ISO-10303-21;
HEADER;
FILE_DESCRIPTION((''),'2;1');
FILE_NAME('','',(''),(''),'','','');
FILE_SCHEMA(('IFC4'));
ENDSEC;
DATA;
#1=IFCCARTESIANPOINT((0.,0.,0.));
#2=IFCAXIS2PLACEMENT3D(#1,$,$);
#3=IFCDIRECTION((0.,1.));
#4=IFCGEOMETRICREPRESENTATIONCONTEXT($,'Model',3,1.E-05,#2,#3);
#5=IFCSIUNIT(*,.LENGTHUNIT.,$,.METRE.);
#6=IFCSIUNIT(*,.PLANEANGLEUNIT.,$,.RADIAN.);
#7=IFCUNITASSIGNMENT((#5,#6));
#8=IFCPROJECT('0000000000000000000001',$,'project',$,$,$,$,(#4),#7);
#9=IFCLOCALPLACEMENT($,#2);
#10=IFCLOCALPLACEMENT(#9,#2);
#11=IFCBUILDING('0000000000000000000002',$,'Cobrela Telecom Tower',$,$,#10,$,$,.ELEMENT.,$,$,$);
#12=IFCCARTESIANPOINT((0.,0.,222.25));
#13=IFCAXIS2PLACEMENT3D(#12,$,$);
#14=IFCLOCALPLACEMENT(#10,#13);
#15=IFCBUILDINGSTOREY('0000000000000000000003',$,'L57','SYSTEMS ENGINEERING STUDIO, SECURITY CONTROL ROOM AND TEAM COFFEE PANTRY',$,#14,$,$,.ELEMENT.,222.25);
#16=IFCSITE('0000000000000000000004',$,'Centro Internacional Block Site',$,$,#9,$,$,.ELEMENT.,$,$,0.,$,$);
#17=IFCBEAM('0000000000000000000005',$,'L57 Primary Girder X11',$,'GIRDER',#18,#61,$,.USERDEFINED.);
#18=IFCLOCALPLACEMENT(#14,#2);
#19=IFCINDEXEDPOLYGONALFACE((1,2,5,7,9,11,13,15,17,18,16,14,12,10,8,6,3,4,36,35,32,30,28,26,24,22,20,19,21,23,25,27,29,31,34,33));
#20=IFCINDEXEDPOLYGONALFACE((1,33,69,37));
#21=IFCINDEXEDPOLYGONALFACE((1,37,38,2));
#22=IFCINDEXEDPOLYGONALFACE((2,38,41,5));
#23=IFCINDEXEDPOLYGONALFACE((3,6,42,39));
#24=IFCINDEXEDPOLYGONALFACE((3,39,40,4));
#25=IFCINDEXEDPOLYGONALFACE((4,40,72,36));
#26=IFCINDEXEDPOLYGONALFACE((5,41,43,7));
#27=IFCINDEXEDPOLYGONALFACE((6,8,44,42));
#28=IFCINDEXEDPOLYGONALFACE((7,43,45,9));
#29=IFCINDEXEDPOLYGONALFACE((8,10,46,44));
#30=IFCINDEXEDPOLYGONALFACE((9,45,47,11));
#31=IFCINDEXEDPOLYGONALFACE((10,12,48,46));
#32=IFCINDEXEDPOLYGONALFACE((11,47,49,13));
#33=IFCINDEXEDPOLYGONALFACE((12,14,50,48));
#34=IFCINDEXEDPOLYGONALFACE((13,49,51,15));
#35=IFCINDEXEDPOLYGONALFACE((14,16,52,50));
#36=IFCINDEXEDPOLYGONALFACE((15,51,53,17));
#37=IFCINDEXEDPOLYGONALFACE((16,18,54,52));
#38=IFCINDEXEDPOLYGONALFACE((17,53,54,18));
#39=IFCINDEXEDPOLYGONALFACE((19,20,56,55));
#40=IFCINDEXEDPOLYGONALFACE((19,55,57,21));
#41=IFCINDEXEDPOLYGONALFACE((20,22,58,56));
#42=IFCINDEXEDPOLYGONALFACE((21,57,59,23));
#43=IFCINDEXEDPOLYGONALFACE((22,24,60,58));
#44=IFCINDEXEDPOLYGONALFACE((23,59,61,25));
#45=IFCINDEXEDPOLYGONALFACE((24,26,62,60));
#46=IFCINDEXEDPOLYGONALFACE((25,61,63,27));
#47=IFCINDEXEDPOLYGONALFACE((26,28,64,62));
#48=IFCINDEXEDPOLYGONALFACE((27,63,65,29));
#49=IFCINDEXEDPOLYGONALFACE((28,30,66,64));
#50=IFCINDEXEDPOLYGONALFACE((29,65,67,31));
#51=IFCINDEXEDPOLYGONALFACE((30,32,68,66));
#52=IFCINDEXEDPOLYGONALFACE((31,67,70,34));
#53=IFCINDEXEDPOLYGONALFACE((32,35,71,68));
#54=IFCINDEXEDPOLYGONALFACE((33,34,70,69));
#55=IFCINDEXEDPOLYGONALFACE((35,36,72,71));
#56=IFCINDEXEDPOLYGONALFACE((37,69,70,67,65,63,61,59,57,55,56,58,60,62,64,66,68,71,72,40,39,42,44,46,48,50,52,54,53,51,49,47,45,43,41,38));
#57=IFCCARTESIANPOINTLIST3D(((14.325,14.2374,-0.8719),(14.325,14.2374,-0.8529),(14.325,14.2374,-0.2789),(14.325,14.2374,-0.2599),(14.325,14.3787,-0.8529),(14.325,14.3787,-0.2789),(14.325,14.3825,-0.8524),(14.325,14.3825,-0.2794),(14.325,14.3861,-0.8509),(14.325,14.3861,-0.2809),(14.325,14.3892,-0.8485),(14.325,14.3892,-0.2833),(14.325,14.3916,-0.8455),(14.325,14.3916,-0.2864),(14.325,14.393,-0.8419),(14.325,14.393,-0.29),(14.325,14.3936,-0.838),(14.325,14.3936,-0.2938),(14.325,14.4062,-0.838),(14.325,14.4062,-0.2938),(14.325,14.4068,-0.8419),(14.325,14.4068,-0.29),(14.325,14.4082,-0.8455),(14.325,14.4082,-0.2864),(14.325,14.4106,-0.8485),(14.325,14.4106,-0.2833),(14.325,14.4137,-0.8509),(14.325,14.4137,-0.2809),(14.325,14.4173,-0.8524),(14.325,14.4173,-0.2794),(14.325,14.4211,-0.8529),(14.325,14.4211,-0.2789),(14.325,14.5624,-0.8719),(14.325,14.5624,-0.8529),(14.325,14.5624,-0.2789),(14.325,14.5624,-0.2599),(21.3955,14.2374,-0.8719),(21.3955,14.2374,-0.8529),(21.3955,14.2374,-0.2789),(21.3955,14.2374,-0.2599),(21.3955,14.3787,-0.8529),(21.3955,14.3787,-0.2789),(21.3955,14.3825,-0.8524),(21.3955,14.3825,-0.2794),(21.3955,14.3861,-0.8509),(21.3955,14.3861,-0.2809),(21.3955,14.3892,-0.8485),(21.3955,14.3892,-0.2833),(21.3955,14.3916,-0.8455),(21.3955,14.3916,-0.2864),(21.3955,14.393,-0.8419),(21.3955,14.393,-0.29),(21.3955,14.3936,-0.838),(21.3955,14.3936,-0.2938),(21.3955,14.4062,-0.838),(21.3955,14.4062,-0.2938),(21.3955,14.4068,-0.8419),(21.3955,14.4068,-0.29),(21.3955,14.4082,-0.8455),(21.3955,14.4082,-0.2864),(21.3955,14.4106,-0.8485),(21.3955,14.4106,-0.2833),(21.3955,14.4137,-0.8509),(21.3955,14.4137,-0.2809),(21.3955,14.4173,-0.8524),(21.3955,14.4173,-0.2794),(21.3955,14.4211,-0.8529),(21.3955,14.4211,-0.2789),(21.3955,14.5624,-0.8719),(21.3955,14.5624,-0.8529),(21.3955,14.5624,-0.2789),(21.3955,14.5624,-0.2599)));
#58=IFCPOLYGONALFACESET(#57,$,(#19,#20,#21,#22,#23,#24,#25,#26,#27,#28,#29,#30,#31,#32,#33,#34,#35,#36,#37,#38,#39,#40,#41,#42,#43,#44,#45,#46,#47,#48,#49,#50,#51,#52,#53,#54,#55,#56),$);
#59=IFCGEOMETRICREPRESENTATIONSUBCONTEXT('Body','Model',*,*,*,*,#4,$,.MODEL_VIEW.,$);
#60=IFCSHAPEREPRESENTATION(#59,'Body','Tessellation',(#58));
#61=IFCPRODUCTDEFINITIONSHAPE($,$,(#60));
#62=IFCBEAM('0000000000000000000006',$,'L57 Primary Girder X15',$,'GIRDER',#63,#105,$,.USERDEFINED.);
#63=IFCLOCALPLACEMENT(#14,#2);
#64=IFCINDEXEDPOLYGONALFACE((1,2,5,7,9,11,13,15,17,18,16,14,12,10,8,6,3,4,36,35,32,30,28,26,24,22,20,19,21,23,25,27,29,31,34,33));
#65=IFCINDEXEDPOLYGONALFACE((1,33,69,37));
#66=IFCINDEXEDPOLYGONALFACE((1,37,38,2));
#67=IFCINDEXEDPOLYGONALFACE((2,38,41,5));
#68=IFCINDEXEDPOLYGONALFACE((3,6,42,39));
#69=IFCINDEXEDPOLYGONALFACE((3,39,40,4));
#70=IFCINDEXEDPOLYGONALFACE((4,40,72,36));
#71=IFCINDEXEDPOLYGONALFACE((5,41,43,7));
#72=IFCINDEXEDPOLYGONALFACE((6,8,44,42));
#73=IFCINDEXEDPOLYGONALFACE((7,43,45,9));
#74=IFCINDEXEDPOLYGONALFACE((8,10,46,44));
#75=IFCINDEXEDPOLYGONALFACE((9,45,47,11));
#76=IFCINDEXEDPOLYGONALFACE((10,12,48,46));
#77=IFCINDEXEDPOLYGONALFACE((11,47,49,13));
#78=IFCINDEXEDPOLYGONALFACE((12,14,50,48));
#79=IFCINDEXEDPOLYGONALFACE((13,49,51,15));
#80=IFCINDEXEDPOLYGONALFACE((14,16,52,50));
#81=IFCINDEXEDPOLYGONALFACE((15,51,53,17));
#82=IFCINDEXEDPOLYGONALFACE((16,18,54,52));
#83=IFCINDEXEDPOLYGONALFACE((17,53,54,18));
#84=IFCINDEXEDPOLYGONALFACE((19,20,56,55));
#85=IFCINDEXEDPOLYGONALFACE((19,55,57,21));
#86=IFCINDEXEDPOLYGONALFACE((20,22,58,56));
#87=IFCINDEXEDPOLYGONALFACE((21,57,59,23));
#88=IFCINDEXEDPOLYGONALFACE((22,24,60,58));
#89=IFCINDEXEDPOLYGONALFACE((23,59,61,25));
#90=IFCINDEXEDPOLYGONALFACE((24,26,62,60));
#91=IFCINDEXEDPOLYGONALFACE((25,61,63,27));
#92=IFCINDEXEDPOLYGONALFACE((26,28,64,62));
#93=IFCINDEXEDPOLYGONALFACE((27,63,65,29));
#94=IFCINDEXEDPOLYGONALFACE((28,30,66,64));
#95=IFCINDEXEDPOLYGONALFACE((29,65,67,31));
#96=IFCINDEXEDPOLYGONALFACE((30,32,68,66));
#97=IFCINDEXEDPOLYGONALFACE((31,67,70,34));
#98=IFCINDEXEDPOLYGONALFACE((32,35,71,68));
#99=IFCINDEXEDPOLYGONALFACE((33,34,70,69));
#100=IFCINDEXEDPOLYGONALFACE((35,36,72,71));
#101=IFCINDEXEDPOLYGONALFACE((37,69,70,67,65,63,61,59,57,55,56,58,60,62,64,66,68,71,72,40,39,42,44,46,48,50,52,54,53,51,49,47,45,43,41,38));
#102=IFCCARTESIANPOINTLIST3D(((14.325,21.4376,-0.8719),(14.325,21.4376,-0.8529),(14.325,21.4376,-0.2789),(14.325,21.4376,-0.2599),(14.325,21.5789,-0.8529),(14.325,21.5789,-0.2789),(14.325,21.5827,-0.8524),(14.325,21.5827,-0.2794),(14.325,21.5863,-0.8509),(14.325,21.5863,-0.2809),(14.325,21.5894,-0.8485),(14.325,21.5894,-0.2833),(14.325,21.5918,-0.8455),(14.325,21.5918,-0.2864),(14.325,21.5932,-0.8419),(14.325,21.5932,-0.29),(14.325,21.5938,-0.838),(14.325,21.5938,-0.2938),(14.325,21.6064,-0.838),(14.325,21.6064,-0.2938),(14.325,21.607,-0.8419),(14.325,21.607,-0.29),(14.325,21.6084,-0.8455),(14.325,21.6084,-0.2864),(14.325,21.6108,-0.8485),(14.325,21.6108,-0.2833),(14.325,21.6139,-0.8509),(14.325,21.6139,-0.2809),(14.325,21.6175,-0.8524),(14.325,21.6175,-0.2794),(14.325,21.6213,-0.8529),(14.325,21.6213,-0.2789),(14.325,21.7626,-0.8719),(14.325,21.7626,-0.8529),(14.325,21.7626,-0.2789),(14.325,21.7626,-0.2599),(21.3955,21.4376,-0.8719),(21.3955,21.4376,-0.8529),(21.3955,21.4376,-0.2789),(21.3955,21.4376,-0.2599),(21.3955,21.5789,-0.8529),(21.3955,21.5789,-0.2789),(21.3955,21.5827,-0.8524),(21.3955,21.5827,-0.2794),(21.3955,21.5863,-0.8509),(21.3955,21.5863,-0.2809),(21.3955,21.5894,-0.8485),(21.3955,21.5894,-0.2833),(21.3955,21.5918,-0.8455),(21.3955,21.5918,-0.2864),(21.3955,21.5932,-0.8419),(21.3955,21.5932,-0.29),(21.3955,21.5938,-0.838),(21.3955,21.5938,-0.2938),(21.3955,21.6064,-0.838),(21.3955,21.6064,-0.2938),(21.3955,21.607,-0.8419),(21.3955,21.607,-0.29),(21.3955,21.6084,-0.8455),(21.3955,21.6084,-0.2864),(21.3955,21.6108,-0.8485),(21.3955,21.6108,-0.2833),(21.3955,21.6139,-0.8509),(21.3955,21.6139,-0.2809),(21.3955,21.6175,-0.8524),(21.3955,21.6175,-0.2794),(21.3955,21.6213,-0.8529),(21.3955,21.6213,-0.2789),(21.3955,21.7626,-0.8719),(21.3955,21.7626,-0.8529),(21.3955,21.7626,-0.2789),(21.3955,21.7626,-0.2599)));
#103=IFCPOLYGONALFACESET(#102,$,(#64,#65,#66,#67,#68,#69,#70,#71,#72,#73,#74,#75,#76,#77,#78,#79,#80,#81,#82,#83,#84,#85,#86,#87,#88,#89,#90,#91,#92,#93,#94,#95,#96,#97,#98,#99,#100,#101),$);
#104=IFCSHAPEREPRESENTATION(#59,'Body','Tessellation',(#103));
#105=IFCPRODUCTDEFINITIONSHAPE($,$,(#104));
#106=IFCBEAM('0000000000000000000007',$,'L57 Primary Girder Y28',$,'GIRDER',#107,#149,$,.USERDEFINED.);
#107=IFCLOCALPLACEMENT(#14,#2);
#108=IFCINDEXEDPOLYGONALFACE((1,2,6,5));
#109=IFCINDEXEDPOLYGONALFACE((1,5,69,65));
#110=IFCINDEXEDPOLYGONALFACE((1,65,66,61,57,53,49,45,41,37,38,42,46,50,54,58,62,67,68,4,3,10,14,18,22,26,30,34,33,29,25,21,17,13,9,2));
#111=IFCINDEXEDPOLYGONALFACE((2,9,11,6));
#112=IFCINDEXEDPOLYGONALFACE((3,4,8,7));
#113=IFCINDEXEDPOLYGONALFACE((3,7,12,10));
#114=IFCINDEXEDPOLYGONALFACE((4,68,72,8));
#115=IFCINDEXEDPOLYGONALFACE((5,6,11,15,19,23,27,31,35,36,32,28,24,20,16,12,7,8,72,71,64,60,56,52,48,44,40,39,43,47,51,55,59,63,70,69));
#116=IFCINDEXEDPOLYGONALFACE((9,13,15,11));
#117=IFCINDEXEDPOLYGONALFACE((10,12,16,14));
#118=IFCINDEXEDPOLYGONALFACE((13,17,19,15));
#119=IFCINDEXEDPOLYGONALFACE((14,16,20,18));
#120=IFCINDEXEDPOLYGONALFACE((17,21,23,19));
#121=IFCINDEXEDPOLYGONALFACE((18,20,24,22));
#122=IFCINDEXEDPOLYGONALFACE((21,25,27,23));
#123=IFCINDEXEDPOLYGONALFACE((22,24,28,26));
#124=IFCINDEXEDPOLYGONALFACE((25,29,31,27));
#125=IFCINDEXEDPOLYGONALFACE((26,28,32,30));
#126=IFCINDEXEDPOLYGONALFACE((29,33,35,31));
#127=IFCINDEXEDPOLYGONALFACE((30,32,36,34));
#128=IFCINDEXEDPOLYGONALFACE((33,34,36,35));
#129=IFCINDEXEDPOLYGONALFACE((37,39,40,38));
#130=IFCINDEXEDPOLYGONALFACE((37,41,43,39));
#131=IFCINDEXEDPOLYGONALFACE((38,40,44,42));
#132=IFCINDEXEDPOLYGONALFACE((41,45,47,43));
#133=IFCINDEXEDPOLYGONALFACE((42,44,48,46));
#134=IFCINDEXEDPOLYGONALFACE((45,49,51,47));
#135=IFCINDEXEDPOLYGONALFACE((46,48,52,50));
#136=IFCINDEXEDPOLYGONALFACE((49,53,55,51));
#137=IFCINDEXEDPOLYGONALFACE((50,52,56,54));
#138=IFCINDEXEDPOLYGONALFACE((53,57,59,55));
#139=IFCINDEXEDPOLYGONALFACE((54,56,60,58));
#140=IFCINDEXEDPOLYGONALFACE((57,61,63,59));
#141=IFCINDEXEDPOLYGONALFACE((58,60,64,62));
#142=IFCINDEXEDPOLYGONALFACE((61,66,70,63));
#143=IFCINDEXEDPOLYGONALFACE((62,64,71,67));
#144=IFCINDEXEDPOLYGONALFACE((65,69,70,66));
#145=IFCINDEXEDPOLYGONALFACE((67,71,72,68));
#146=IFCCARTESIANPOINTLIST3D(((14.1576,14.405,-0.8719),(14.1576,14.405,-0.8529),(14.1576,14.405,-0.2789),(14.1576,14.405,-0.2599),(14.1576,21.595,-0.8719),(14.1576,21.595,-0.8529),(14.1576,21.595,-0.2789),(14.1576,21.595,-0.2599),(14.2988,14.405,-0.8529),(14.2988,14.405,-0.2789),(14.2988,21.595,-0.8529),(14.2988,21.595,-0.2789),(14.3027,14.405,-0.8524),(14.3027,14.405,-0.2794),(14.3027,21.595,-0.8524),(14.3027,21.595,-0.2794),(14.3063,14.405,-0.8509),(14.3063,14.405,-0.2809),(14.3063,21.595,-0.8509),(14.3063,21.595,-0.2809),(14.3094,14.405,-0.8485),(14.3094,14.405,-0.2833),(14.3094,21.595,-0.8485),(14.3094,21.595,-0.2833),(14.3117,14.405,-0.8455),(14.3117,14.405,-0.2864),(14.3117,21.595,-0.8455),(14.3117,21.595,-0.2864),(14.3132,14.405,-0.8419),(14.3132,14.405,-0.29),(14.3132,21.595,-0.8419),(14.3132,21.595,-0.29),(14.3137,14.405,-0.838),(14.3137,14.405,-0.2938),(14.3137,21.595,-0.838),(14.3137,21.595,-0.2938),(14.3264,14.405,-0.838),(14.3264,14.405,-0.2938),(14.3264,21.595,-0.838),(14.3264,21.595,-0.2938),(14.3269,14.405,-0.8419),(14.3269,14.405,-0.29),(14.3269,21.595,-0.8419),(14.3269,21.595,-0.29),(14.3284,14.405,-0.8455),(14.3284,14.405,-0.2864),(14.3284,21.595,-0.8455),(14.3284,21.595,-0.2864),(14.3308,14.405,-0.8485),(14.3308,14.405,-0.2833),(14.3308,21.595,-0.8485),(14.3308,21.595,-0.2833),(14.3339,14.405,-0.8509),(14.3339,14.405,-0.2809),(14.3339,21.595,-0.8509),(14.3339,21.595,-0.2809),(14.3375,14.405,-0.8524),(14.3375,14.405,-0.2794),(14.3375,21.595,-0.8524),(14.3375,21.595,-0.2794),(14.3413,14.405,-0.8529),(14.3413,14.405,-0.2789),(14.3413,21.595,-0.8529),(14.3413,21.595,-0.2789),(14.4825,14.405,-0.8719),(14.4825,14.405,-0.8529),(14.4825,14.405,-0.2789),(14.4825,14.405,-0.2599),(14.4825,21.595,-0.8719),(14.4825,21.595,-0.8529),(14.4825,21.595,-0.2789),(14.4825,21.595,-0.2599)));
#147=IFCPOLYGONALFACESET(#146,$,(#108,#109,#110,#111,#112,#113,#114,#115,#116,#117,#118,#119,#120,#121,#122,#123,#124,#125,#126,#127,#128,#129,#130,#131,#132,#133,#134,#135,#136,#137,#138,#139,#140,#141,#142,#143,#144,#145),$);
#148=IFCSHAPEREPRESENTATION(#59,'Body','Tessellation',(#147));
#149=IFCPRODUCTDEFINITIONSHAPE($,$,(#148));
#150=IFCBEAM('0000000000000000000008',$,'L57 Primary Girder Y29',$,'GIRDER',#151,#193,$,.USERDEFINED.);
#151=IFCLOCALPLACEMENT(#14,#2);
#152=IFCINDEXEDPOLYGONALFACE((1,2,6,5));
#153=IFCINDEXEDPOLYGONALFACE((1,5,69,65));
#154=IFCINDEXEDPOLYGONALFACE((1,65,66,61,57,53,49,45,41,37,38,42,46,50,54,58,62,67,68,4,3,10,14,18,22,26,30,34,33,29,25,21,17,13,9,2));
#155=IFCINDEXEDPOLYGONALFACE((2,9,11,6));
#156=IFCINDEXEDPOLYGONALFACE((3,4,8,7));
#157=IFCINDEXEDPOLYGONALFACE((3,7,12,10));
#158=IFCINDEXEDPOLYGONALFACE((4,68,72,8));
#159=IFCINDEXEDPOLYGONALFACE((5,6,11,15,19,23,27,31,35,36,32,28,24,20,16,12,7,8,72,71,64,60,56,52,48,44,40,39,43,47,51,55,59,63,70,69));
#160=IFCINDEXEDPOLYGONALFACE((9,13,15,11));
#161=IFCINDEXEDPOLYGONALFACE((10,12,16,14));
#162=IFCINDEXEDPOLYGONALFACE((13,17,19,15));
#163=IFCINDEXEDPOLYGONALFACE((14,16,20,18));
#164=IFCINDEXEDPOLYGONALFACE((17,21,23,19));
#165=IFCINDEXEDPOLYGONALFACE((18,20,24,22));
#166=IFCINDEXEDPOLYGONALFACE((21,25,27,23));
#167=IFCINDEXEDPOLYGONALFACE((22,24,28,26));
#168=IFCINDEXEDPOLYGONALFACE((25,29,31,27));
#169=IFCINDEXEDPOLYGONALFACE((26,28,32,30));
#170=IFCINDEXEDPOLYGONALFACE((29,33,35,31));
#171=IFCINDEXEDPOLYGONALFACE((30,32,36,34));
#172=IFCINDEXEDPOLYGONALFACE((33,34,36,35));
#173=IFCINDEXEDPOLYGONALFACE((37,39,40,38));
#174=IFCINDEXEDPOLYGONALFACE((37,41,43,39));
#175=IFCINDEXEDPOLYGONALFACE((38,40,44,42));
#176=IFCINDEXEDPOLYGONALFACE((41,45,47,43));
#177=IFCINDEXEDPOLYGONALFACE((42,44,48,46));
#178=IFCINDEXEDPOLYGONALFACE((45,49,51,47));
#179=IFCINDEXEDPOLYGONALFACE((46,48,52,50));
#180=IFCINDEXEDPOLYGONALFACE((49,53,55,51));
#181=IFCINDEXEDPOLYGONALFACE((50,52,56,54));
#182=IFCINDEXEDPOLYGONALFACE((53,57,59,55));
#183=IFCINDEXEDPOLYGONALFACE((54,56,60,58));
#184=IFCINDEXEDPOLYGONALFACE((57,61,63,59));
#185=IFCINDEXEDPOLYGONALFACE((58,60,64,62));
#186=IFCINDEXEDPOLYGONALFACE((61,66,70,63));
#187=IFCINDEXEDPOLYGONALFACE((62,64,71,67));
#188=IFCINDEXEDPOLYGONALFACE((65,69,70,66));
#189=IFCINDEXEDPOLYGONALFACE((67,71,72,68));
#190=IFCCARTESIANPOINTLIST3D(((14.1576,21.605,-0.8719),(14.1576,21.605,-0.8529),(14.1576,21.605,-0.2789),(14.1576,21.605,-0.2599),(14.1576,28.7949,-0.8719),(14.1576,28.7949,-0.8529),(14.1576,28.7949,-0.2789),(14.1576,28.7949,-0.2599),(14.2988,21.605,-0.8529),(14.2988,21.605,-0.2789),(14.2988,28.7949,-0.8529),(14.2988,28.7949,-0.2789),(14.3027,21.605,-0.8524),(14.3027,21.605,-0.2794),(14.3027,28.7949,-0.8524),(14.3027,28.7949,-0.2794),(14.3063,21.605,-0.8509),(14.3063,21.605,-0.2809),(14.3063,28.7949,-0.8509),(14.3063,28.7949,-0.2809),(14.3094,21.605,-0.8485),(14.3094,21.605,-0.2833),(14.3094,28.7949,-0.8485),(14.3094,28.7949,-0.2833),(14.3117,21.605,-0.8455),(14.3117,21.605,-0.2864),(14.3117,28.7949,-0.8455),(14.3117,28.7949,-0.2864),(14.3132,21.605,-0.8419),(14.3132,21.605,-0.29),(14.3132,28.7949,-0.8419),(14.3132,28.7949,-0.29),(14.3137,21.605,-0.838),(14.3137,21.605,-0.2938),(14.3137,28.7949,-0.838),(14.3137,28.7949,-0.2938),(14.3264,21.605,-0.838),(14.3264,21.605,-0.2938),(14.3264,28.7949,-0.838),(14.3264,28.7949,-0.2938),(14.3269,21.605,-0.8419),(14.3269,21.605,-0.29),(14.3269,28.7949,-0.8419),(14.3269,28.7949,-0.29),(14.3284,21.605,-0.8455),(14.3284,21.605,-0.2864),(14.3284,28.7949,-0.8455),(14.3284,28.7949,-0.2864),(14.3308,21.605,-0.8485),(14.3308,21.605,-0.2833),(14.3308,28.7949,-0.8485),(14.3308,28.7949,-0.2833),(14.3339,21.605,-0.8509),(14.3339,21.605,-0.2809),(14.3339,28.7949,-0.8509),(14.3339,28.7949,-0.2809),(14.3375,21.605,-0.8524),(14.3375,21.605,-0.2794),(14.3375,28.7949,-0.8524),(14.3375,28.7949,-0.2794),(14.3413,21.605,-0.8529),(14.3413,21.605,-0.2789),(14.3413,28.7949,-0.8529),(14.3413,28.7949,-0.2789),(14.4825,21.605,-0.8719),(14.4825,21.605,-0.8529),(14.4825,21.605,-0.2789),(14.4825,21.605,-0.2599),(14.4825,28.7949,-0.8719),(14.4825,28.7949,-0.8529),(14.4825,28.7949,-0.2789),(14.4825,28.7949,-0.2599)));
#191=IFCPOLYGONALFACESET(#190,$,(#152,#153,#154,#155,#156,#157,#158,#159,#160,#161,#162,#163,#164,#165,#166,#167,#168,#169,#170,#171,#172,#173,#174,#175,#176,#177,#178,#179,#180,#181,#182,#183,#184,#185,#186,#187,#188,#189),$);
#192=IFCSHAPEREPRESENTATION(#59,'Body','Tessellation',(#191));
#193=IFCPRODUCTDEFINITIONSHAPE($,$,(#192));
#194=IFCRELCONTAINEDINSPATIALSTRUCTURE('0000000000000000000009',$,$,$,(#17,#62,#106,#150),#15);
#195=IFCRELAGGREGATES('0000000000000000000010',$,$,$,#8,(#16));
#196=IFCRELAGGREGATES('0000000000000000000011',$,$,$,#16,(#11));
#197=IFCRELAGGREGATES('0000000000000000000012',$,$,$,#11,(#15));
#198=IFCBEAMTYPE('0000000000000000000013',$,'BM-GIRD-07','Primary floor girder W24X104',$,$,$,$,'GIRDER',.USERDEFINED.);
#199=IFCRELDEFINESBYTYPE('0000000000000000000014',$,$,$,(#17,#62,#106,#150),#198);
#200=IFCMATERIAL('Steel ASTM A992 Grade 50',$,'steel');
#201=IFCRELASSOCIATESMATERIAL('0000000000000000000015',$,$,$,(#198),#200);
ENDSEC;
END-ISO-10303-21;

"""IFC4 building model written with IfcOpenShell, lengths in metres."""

from ifc_helpers import new_model, si_unit, direction, frame, origin, origin_2d, place, context, subcontext, project, spatial, i_section, extrude, material, material_profile, profile_set, type_object, element, save


model = new_model("IFC4")

# Units and contexts
model_context = context("Model", 3, precision=1e-05, world=origin(), true_north=direction((0.0, 1.0)))
body_context = subcontext(model_context, "Body", "Model", "MODEL_VIEW")
ifc_project = project(units=[si_unit("LENGTHUNIT", "METRE"), si_unit("PLANEANGLEUNIT", "RADIAN")], contexts=[model_context])

# Site, building, storey
site_placement = place(None, origin())
site = spatial("IfcSite", under=ifc_project, at=site_placement, Name="Centro Internacional Block Site", CompositionType="ELEMENT", RefElevation=0.0)
building_placement = place(site_placement, origin())
building = spatial("IfcBuilding", under=site, at=building_placement, Name="Cobrela Telecom Tower", CompositionType="ELEMENT")
storey_placement = place(building_placement, frame((0.0, 0.0, 222.25)))
storey = spatial("IfcBuildingStorey", under=building, at=storey_placement, Name="L57", Description="SYSTEMS ENGINEERING STUDIO, SECURITY CONTROL ROOM AND TEAM COFFEE PANTRY", CompositionType="ELEMENT", Elevation=222.25)

# Beams
ifc_material_1 = material(Name="Steel ASTM A992 Grade 50", Category="steel")
ifc_material_profile_1 = material_profile(ifc_material_1, i_section(OverallWidth=0.325, OverallDepth=0.6121, WebThickness=0.0127, FlangeThickness=0.019, FilletRadius=0.0149, at=origin_2d()), Name="W24X104")
ifc_profile_set_1 = profile_set([ifc_material_profile_1], Name="Steel ASTM A992 Grade 50")
beam_type_1 = type_object("IfcBeamType", Name="BM-GIRD-07", Description="Primary floor girder W24X104", ElementType="GIRDER", PredefinedType="USERDEFINED", material=ifc_profile_set_1)
for number, where, z_axis, x_axis, name in (
    (1, (14.325, 14.3999, -0.5659), (1.0, 0.0, 0.0), (0.0, 1.0, 0.0), "L57 Primary Girder X11"),
    (2, (14.325, 21.6001, -0.5659), (1.0, 0.0, 0.0), (0.0, 1.0, 0.0), "L57 Primary Girder X15"),
):
    element("IfcBeam", number, at=place(storey_placement, frame(where, z_axis=z_axis, x_axis=x_axis)), inside=storey, type_object=beam_type_1, Name=name, ObjectType="GIRDER", PredefinedType="USERDEFINED", context=body_context, shape_type="SweptSolid", body=[
        extrude(i_section(OverallWidth=0.325, OverallDepth=0.6121, WebThickness=0.0127, FlangeThickness=0.019, FilletRadius=0.0149, at=origin_2d()), origin(), (0.0, 0.0, 1.0), 7.0706),
    ])
for number, where, z_axis, x_axis, name in (
    (3, (14.3201, 14.405, -0.5659), (0.0, 1.0, 0.0), (-1.0, 0.0, 0.0), "L57 Primary Girder Y28"),
    (4, (14.3201, 21.605, -0.5659), (0.0, 1.0, 0.0), (-1.0, 0.0, 0.0), "L57 Primary Girder Y29"),
):
    element("IfcBeam", number, at=place(storey_placement, frame(where, z_axis=z_axis, x_axis=x_axis)), inside=storey, type_object=beam_type_1, Name=name, ObjectType="GIRDER", PredefinedType="USERDEFINED", context=body_context, shape_type="SweptSolid", body=[
        extrude(i_section(OverallWidth=0.325, OverallDepth=0.6121, WebThickness=0.0127, FlangeThickness=0.019, FilletRadius=0.0149, at=origin_2d()), origin(), (0.0, 0.0, 1.0), 7.1899),
    ])

save(model, "model.ifc")
